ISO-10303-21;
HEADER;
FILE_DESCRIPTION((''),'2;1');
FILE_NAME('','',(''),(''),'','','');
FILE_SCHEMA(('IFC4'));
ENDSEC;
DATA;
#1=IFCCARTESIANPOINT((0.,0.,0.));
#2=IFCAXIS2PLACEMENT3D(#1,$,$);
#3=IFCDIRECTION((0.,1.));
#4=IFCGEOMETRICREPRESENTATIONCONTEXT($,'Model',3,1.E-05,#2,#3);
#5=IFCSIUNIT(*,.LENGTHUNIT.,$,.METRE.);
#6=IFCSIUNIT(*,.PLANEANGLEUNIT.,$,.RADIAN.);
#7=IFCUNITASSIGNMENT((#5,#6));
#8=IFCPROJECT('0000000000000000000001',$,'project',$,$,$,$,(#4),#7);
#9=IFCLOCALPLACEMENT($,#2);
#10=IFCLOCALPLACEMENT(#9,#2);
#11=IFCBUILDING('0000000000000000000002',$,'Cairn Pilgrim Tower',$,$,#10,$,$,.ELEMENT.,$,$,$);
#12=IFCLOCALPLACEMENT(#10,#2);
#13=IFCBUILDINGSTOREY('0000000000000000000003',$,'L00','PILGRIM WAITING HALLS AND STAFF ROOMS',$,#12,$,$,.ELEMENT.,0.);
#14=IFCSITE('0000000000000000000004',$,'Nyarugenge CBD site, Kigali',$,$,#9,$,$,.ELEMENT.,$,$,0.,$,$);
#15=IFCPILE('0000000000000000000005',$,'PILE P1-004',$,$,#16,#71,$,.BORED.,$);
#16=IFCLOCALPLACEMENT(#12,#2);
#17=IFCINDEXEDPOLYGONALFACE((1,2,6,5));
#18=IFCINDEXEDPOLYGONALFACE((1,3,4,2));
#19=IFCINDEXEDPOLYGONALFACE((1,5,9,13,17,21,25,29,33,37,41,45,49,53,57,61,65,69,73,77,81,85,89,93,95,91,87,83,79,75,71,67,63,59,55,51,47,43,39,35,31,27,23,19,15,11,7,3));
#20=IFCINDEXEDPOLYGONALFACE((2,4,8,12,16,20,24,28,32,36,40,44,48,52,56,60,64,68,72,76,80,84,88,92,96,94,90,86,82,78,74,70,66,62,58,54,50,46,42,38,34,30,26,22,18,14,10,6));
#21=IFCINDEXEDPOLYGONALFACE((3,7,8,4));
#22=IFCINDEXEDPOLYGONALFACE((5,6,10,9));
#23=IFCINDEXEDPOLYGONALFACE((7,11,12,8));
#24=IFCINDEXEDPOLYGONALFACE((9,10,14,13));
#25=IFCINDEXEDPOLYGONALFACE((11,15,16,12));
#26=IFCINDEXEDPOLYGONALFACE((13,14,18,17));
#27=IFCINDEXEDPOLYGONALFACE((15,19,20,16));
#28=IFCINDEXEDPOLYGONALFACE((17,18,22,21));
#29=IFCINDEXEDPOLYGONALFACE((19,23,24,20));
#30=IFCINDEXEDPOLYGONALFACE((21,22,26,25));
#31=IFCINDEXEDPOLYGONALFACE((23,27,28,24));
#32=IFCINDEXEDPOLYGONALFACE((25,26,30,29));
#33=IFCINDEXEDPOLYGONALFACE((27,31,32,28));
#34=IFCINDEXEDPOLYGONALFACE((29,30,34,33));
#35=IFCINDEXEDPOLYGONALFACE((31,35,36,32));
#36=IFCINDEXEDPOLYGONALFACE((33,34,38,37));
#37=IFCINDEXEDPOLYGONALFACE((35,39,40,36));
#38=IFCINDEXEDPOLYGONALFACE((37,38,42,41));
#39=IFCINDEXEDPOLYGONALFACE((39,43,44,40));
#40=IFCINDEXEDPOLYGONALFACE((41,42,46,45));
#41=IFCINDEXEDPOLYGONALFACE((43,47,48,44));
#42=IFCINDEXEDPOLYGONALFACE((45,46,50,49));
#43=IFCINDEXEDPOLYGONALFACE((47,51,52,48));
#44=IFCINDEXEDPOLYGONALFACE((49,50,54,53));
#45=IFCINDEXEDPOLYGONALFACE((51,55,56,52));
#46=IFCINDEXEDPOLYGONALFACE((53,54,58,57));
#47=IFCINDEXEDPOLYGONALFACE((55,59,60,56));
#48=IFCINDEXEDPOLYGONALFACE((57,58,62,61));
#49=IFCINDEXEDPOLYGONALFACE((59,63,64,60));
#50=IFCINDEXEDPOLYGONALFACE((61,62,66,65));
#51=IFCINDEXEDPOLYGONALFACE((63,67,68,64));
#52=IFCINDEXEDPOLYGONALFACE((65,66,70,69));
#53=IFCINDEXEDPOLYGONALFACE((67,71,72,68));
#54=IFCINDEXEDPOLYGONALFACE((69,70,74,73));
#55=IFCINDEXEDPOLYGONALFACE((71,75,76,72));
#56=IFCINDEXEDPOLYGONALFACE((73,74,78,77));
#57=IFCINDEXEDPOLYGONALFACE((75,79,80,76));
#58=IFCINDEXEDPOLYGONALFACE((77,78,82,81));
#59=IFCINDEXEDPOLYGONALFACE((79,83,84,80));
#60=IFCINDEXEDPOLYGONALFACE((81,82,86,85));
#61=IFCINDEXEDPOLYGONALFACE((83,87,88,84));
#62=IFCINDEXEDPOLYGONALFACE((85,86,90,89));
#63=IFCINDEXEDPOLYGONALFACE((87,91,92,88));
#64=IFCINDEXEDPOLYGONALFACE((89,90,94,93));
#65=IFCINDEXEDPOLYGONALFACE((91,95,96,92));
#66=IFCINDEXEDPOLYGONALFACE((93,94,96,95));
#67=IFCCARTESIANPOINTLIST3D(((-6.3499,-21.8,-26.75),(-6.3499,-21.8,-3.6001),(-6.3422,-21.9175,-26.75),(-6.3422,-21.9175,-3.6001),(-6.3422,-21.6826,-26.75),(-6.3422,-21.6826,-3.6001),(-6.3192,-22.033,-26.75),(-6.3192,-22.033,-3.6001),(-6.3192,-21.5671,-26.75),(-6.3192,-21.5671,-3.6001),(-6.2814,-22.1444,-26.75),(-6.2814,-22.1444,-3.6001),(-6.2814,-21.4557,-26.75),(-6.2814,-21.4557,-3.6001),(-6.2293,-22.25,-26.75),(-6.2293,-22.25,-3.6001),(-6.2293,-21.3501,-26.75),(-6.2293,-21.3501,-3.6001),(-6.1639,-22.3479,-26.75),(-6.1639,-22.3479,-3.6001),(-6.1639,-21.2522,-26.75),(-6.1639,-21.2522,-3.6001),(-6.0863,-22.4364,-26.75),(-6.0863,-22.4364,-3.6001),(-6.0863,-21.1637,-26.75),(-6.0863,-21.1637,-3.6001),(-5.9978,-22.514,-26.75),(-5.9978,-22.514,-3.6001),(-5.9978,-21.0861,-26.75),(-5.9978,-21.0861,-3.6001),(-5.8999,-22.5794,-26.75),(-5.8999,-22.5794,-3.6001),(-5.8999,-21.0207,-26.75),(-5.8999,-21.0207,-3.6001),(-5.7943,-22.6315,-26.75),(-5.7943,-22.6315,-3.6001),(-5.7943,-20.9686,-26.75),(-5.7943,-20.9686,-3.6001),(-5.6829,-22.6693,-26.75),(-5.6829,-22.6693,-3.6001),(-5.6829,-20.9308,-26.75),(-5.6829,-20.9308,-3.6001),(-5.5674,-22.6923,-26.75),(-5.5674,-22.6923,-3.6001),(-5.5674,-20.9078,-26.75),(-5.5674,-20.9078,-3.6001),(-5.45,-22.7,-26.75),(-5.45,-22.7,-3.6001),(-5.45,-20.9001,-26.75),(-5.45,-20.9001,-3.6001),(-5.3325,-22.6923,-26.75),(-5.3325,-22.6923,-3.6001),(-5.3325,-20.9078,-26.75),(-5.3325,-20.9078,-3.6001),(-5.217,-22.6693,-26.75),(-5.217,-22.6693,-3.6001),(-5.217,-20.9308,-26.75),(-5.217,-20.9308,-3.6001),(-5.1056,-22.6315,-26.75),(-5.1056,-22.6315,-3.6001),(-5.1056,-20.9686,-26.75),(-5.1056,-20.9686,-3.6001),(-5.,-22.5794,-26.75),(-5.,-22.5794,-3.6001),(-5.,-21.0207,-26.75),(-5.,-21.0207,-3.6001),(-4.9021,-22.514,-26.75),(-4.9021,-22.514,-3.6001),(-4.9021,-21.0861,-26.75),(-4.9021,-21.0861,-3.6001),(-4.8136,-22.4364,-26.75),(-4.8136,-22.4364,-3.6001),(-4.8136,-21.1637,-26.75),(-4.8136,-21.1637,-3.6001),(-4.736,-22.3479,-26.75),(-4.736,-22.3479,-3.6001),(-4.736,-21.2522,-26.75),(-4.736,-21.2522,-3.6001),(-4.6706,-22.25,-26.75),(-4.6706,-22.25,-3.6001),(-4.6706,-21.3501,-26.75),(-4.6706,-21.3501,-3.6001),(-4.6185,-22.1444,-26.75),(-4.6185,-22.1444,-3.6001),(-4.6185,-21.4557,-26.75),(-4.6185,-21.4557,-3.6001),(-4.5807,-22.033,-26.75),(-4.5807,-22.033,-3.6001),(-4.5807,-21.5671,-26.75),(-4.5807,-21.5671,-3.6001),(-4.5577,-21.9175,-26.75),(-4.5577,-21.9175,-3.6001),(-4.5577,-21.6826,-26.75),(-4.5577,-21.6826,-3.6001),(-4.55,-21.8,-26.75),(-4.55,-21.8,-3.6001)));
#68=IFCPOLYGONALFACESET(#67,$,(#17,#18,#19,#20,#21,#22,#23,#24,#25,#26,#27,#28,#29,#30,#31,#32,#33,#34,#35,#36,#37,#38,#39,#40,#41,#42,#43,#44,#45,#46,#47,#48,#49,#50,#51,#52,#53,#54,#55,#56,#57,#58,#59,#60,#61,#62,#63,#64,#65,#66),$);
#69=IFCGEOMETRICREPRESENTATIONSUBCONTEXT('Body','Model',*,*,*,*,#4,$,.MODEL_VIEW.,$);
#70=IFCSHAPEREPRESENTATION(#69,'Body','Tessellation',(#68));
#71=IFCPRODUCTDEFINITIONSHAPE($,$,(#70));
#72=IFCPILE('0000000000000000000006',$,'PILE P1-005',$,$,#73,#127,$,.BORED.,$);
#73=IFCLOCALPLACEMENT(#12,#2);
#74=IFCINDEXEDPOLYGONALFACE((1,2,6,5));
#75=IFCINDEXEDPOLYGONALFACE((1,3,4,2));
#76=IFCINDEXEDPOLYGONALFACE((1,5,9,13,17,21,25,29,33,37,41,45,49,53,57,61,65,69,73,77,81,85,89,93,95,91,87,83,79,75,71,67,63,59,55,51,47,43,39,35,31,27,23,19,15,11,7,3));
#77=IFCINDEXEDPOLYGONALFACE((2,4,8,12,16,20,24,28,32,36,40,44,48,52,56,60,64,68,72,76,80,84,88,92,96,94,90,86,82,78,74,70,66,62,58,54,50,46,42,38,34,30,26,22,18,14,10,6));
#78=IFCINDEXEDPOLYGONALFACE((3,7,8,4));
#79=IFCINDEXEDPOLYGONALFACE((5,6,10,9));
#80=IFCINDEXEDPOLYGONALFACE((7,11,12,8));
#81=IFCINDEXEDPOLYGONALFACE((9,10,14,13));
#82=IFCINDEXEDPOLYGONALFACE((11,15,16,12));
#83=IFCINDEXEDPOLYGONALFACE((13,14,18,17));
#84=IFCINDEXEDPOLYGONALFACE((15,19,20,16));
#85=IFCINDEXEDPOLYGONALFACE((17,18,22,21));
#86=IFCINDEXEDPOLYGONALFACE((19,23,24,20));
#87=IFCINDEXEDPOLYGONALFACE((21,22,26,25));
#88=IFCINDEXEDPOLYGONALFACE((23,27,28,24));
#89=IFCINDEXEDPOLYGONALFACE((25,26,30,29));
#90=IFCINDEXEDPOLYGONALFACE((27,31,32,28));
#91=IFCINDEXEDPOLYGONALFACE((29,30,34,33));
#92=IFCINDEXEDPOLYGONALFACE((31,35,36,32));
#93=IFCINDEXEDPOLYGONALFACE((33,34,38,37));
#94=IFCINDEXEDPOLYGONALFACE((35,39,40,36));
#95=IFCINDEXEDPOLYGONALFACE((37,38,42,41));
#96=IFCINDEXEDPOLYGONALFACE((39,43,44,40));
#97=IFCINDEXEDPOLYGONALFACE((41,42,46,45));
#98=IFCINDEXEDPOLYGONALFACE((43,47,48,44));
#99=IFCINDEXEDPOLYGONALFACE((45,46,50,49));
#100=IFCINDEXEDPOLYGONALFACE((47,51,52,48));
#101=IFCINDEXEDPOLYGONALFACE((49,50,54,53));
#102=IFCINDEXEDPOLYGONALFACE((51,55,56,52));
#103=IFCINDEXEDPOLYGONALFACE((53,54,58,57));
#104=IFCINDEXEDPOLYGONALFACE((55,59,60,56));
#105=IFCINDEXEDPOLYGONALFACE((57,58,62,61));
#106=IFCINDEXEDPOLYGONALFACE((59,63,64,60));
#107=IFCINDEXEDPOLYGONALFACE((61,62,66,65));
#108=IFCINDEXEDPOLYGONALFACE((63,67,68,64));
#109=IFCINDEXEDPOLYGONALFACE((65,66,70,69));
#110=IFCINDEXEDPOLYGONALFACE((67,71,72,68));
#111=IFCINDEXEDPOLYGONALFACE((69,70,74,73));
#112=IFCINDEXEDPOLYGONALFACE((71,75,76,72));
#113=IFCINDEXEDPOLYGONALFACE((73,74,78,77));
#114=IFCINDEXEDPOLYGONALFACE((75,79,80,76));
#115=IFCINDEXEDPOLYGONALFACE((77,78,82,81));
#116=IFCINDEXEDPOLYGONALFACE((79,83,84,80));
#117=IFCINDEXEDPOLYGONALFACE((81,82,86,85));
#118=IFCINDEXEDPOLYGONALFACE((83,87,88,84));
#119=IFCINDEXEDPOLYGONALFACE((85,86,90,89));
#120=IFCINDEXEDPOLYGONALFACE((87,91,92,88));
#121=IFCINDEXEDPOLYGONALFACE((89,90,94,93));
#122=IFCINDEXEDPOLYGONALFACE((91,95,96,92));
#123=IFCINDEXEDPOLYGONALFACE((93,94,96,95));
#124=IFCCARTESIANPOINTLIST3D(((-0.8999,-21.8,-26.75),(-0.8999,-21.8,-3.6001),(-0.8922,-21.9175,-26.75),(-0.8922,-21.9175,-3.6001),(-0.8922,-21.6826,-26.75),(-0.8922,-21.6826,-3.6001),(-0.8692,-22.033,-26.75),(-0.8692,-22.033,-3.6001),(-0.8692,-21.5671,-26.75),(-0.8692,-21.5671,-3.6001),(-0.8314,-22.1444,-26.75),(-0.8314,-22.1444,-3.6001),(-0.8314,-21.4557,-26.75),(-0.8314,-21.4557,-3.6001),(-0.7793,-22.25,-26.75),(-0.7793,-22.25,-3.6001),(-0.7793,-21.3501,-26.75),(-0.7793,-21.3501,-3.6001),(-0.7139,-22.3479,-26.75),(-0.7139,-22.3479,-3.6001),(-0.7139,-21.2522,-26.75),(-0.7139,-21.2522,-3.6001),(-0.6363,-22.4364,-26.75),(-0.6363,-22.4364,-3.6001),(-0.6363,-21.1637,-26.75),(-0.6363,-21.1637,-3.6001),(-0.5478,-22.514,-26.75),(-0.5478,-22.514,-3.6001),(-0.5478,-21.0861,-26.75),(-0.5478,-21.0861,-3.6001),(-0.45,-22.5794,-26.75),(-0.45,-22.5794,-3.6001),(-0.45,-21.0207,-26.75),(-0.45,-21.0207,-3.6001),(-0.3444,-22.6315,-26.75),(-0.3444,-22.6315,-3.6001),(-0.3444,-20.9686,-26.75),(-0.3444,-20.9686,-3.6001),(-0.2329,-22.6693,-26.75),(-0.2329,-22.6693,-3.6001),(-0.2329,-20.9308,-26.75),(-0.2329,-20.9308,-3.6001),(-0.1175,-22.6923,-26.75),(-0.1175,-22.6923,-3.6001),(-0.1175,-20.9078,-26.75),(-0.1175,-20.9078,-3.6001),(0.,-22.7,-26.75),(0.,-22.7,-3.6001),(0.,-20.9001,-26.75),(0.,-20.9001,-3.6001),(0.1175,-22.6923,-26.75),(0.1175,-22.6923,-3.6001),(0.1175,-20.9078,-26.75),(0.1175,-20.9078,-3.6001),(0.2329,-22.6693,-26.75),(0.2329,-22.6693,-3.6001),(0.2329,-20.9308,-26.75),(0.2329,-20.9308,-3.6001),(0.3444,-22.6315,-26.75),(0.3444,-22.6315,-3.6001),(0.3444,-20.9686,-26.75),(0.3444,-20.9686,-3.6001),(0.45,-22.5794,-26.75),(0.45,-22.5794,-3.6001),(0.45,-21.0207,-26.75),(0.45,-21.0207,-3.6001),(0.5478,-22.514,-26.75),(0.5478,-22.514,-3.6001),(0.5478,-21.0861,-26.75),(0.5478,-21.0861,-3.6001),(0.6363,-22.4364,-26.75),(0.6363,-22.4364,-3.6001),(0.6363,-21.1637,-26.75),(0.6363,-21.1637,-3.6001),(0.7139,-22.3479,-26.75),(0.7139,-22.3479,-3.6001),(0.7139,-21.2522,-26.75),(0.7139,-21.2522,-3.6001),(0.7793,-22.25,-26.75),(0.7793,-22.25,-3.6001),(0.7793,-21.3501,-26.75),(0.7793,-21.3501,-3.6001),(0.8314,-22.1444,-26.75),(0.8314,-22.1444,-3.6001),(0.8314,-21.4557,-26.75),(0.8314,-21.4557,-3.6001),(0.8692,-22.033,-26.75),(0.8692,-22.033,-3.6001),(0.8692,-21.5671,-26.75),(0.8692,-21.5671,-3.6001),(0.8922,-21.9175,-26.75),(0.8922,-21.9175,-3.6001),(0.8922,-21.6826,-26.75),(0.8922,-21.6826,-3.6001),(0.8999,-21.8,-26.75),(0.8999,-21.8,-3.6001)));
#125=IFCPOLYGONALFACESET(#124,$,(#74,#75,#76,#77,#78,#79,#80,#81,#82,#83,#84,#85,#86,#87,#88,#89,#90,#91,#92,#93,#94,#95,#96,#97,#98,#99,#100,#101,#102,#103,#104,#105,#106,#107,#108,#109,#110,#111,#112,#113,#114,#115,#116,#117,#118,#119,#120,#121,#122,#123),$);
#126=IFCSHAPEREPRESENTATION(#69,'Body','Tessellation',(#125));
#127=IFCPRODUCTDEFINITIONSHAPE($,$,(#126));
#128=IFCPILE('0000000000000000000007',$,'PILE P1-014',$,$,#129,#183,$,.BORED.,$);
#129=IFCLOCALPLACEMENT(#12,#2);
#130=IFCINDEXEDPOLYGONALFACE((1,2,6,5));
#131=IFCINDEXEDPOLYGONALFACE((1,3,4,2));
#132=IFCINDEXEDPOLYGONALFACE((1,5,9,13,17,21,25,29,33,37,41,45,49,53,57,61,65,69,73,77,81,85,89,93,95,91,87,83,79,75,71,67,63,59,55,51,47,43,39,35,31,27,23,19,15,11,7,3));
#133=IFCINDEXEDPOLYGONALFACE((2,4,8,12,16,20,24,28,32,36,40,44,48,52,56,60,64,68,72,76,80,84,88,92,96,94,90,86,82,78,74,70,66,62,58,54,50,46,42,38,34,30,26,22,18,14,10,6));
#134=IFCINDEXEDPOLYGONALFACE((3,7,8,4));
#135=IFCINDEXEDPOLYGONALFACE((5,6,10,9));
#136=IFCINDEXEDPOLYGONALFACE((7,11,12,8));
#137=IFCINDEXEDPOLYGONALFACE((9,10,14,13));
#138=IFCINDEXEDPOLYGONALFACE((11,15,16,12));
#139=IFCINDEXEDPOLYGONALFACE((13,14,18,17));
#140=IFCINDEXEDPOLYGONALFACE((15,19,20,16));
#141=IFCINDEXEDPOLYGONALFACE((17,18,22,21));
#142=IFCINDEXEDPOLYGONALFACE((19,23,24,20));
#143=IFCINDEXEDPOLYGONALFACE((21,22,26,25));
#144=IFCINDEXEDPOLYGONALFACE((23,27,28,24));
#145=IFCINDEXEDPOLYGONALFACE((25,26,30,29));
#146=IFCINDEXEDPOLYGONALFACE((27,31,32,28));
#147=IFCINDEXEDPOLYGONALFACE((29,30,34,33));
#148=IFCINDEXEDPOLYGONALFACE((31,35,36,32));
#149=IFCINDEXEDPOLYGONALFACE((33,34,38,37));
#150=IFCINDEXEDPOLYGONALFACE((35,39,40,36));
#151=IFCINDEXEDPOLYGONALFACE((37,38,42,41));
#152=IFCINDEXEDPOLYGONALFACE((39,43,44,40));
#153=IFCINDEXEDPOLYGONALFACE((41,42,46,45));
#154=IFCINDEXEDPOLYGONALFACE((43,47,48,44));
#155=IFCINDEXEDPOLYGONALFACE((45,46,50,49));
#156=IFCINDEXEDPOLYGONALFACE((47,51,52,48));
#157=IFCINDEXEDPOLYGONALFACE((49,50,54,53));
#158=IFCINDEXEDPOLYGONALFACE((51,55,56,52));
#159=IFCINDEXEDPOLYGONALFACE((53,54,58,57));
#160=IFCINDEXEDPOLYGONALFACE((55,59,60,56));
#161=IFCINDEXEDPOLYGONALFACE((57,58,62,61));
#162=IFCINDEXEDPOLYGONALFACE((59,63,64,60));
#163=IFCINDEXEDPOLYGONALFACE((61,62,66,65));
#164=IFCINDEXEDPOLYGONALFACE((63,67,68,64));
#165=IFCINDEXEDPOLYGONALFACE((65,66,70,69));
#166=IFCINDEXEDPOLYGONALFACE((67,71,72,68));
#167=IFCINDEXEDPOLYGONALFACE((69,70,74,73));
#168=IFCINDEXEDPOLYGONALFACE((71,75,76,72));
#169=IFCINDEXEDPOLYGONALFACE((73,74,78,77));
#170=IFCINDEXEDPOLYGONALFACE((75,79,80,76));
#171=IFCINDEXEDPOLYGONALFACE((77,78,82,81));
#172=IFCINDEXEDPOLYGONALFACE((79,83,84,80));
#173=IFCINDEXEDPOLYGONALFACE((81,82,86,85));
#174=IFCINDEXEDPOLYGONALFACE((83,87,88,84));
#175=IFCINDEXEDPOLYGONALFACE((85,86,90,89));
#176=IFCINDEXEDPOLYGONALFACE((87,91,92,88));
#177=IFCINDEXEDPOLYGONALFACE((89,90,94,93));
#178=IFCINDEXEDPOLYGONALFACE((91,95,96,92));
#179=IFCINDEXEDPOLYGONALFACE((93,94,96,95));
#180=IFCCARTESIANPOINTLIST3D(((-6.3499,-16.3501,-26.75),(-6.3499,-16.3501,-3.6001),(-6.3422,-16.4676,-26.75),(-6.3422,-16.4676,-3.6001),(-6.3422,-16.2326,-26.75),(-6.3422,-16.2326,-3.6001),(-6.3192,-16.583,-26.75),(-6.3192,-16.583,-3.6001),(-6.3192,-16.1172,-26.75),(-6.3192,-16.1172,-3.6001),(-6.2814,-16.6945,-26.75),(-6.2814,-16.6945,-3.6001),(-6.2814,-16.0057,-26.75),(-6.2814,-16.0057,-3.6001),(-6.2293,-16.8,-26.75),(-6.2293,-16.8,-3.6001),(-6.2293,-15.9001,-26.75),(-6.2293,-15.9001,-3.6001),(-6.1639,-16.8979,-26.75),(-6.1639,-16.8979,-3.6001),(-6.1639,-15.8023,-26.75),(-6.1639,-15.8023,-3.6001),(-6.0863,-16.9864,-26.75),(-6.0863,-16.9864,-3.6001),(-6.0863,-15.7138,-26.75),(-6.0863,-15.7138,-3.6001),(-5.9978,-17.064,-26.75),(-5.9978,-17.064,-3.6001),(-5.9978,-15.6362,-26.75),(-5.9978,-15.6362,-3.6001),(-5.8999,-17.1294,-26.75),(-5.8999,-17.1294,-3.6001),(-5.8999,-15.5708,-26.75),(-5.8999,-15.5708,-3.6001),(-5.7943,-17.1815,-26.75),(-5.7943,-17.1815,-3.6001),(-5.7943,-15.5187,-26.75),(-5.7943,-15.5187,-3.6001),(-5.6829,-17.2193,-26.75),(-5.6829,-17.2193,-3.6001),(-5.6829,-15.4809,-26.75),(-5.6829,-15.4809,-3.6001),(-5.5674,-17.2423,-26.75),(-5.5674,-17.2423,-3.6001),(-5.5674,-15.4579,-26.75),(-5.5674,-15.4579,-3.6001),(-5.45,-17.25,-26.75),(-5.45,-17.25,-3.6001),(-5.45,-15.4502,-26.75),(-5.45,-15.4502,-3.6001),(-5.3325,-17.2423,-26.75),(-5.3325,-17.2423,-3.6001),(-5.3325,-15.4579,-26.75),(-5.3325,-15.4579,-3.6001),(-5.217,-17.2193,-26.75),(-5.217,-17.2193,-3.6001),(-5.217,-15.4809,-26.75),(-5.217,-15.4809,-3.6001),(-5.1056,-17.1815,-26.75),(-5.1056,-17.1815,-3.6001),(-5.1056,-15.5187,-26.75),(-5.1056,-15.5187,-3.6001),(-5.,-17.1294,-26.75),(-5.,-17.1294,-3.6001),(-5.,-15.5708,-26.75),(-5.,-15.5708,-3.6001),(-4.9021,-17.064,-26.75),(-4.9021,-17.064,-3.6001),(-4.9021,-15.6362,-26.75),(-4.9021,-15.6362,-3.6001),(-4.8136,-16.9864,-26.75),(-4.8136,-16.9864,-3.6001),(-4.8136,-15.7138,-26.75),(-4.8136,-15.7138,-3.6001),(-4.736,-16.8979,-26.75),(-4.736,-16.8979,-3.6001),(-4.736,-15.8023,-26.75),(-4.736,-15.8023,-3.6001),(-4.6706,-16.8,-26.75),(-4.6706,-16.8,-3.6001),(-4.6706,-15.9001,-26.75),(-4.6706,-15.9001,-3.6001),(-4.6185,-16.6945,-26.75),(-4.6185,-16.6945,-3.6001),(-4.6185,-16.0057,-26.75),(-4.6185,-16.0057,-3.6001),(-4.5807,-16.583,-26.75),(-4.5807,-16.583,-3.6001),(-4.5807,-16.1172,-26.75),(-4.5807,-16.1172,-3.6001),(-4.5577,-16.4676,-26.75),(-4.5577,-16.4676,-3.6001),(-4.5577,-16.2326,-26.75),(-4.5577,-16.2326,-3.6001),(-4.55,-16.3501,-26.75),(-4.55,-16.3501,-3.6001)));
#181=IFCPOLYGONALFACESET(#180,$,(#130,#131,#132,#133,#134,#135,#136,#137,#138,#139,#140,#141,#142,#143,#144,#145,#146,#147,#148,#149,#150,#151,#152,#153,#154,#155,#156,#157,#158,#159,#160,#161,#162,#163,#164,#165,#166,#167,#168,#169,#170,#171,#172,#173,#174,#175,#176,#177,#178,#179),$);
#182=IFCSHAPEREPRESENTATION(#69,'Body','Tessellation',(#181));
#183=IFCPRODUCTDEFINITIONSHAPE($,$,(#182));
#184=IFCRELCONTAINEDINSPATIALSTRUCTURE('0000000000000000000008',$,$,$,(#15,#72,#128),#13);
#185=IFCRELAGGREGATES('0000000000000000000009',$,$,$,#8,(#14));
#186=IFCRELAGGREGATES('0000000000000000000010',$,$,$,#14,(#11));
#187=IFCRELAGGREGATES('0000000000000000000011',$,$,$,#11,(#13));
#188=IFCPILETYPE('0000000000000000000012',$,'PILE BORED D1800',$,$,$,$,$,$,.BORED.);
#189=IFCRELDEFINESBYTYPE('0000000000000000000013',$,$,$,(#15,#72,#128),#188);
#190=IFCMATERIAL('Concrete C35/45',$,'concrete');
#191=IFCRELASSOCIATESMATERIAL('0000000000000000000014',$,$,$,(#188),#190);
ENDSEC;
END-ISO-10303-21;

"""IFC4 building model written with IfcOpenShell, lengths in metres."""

from ifc_helpers import new_model, si_unit, direction, frame, origin, origin_2d, place, context, subcontext, project, spatial, circle, extrude, material, material_profile, profile_set, type_object, element, save


model = new_model("IFC4")

# Units and contexts
model_context = context("Model", 3, precision=1e-05, world=origin(), true_north=direction((0.0, 1.0)))
body_context = subcontext(model_context, "Body", "Model", "MODEL_VIEW")
ifc_project = project(units=[si_unit("LENGTHUNIT", "METRE"), si_unit("PLANEANGLEUNIT", "RADIAN")], contexts=[model_context])

# Site, building, storey
site_placement = place(None, origin())
site = spatial("IfcSite", under=ifc_project, at=site_placement, Name="Nyarugenge CBD site, Kigali", CompositionType="ELEMENT", RefElevation=0.0)
building_placement = place(site_placement, origin())
building = spatial("IfcBuilding", under=site, at=building_placement, Name="Cairn Pilgrim Tower", CompositionType="ELEMENT")
storey_placement = place(building_placement, origin())
storey = spatial("IfcBuildingStorey", under=building, at=storey_placement, Name="L00", Description="PILGRIM WAITING HALLS AND STAFF ROOMS", CompositionType="ELEMENT", Elevation=0.0)

# Piles
ifc_material_1 = material(Name="Concrete C35/45", Category="concrete")
ifc_material_profile_1 = material_profile(ifc_material_1, circle(Radius=0.8999, at=origin_2d()), Name="D1800")
ifc_profile_set_1 = profile_set([ifc_material_profile_1], Name="Concrete C35/45")
pile_type_1 = type_object("IfcPileType", Name="PILE BORED D1800", PredefinedType="BORED", material=ifc_profile_set_1)
for number, where, z_axis, x_axis, name in (
    (1, (-5.45, -21.8, -3.6001), (0.0, 0.0, -1.0), (1.0, 0.0, 0.0), "PILE P1-004"),
    (2, (0.0, -21.8, -3.6001), (0.0, 0.0, -1.0), (1.0, 0.0, 0.0), "PILE P1-005"),
    (3, (-5.45, -16.3501, -3.6001), (0.0, 0.0, -1.0), (1.0, 0.0, 0.0), "PILE P1-014"),
):
    element("IfcPile", number, at=place(storey_placement, frame(where, z_axis=z_axis, x_axis=x_axis)), inside=storey, type_object=pile_type_1, Name=name, PredefinedType="BORED", context=body_context, shape_type="SweptSolid", body=[
        extrude(circle(Radius=0.8999, at=origin_2d()), origin(), (0.0, 0.0, 1.0), 23.1499),
    ])

save(model, "model.ifc")
